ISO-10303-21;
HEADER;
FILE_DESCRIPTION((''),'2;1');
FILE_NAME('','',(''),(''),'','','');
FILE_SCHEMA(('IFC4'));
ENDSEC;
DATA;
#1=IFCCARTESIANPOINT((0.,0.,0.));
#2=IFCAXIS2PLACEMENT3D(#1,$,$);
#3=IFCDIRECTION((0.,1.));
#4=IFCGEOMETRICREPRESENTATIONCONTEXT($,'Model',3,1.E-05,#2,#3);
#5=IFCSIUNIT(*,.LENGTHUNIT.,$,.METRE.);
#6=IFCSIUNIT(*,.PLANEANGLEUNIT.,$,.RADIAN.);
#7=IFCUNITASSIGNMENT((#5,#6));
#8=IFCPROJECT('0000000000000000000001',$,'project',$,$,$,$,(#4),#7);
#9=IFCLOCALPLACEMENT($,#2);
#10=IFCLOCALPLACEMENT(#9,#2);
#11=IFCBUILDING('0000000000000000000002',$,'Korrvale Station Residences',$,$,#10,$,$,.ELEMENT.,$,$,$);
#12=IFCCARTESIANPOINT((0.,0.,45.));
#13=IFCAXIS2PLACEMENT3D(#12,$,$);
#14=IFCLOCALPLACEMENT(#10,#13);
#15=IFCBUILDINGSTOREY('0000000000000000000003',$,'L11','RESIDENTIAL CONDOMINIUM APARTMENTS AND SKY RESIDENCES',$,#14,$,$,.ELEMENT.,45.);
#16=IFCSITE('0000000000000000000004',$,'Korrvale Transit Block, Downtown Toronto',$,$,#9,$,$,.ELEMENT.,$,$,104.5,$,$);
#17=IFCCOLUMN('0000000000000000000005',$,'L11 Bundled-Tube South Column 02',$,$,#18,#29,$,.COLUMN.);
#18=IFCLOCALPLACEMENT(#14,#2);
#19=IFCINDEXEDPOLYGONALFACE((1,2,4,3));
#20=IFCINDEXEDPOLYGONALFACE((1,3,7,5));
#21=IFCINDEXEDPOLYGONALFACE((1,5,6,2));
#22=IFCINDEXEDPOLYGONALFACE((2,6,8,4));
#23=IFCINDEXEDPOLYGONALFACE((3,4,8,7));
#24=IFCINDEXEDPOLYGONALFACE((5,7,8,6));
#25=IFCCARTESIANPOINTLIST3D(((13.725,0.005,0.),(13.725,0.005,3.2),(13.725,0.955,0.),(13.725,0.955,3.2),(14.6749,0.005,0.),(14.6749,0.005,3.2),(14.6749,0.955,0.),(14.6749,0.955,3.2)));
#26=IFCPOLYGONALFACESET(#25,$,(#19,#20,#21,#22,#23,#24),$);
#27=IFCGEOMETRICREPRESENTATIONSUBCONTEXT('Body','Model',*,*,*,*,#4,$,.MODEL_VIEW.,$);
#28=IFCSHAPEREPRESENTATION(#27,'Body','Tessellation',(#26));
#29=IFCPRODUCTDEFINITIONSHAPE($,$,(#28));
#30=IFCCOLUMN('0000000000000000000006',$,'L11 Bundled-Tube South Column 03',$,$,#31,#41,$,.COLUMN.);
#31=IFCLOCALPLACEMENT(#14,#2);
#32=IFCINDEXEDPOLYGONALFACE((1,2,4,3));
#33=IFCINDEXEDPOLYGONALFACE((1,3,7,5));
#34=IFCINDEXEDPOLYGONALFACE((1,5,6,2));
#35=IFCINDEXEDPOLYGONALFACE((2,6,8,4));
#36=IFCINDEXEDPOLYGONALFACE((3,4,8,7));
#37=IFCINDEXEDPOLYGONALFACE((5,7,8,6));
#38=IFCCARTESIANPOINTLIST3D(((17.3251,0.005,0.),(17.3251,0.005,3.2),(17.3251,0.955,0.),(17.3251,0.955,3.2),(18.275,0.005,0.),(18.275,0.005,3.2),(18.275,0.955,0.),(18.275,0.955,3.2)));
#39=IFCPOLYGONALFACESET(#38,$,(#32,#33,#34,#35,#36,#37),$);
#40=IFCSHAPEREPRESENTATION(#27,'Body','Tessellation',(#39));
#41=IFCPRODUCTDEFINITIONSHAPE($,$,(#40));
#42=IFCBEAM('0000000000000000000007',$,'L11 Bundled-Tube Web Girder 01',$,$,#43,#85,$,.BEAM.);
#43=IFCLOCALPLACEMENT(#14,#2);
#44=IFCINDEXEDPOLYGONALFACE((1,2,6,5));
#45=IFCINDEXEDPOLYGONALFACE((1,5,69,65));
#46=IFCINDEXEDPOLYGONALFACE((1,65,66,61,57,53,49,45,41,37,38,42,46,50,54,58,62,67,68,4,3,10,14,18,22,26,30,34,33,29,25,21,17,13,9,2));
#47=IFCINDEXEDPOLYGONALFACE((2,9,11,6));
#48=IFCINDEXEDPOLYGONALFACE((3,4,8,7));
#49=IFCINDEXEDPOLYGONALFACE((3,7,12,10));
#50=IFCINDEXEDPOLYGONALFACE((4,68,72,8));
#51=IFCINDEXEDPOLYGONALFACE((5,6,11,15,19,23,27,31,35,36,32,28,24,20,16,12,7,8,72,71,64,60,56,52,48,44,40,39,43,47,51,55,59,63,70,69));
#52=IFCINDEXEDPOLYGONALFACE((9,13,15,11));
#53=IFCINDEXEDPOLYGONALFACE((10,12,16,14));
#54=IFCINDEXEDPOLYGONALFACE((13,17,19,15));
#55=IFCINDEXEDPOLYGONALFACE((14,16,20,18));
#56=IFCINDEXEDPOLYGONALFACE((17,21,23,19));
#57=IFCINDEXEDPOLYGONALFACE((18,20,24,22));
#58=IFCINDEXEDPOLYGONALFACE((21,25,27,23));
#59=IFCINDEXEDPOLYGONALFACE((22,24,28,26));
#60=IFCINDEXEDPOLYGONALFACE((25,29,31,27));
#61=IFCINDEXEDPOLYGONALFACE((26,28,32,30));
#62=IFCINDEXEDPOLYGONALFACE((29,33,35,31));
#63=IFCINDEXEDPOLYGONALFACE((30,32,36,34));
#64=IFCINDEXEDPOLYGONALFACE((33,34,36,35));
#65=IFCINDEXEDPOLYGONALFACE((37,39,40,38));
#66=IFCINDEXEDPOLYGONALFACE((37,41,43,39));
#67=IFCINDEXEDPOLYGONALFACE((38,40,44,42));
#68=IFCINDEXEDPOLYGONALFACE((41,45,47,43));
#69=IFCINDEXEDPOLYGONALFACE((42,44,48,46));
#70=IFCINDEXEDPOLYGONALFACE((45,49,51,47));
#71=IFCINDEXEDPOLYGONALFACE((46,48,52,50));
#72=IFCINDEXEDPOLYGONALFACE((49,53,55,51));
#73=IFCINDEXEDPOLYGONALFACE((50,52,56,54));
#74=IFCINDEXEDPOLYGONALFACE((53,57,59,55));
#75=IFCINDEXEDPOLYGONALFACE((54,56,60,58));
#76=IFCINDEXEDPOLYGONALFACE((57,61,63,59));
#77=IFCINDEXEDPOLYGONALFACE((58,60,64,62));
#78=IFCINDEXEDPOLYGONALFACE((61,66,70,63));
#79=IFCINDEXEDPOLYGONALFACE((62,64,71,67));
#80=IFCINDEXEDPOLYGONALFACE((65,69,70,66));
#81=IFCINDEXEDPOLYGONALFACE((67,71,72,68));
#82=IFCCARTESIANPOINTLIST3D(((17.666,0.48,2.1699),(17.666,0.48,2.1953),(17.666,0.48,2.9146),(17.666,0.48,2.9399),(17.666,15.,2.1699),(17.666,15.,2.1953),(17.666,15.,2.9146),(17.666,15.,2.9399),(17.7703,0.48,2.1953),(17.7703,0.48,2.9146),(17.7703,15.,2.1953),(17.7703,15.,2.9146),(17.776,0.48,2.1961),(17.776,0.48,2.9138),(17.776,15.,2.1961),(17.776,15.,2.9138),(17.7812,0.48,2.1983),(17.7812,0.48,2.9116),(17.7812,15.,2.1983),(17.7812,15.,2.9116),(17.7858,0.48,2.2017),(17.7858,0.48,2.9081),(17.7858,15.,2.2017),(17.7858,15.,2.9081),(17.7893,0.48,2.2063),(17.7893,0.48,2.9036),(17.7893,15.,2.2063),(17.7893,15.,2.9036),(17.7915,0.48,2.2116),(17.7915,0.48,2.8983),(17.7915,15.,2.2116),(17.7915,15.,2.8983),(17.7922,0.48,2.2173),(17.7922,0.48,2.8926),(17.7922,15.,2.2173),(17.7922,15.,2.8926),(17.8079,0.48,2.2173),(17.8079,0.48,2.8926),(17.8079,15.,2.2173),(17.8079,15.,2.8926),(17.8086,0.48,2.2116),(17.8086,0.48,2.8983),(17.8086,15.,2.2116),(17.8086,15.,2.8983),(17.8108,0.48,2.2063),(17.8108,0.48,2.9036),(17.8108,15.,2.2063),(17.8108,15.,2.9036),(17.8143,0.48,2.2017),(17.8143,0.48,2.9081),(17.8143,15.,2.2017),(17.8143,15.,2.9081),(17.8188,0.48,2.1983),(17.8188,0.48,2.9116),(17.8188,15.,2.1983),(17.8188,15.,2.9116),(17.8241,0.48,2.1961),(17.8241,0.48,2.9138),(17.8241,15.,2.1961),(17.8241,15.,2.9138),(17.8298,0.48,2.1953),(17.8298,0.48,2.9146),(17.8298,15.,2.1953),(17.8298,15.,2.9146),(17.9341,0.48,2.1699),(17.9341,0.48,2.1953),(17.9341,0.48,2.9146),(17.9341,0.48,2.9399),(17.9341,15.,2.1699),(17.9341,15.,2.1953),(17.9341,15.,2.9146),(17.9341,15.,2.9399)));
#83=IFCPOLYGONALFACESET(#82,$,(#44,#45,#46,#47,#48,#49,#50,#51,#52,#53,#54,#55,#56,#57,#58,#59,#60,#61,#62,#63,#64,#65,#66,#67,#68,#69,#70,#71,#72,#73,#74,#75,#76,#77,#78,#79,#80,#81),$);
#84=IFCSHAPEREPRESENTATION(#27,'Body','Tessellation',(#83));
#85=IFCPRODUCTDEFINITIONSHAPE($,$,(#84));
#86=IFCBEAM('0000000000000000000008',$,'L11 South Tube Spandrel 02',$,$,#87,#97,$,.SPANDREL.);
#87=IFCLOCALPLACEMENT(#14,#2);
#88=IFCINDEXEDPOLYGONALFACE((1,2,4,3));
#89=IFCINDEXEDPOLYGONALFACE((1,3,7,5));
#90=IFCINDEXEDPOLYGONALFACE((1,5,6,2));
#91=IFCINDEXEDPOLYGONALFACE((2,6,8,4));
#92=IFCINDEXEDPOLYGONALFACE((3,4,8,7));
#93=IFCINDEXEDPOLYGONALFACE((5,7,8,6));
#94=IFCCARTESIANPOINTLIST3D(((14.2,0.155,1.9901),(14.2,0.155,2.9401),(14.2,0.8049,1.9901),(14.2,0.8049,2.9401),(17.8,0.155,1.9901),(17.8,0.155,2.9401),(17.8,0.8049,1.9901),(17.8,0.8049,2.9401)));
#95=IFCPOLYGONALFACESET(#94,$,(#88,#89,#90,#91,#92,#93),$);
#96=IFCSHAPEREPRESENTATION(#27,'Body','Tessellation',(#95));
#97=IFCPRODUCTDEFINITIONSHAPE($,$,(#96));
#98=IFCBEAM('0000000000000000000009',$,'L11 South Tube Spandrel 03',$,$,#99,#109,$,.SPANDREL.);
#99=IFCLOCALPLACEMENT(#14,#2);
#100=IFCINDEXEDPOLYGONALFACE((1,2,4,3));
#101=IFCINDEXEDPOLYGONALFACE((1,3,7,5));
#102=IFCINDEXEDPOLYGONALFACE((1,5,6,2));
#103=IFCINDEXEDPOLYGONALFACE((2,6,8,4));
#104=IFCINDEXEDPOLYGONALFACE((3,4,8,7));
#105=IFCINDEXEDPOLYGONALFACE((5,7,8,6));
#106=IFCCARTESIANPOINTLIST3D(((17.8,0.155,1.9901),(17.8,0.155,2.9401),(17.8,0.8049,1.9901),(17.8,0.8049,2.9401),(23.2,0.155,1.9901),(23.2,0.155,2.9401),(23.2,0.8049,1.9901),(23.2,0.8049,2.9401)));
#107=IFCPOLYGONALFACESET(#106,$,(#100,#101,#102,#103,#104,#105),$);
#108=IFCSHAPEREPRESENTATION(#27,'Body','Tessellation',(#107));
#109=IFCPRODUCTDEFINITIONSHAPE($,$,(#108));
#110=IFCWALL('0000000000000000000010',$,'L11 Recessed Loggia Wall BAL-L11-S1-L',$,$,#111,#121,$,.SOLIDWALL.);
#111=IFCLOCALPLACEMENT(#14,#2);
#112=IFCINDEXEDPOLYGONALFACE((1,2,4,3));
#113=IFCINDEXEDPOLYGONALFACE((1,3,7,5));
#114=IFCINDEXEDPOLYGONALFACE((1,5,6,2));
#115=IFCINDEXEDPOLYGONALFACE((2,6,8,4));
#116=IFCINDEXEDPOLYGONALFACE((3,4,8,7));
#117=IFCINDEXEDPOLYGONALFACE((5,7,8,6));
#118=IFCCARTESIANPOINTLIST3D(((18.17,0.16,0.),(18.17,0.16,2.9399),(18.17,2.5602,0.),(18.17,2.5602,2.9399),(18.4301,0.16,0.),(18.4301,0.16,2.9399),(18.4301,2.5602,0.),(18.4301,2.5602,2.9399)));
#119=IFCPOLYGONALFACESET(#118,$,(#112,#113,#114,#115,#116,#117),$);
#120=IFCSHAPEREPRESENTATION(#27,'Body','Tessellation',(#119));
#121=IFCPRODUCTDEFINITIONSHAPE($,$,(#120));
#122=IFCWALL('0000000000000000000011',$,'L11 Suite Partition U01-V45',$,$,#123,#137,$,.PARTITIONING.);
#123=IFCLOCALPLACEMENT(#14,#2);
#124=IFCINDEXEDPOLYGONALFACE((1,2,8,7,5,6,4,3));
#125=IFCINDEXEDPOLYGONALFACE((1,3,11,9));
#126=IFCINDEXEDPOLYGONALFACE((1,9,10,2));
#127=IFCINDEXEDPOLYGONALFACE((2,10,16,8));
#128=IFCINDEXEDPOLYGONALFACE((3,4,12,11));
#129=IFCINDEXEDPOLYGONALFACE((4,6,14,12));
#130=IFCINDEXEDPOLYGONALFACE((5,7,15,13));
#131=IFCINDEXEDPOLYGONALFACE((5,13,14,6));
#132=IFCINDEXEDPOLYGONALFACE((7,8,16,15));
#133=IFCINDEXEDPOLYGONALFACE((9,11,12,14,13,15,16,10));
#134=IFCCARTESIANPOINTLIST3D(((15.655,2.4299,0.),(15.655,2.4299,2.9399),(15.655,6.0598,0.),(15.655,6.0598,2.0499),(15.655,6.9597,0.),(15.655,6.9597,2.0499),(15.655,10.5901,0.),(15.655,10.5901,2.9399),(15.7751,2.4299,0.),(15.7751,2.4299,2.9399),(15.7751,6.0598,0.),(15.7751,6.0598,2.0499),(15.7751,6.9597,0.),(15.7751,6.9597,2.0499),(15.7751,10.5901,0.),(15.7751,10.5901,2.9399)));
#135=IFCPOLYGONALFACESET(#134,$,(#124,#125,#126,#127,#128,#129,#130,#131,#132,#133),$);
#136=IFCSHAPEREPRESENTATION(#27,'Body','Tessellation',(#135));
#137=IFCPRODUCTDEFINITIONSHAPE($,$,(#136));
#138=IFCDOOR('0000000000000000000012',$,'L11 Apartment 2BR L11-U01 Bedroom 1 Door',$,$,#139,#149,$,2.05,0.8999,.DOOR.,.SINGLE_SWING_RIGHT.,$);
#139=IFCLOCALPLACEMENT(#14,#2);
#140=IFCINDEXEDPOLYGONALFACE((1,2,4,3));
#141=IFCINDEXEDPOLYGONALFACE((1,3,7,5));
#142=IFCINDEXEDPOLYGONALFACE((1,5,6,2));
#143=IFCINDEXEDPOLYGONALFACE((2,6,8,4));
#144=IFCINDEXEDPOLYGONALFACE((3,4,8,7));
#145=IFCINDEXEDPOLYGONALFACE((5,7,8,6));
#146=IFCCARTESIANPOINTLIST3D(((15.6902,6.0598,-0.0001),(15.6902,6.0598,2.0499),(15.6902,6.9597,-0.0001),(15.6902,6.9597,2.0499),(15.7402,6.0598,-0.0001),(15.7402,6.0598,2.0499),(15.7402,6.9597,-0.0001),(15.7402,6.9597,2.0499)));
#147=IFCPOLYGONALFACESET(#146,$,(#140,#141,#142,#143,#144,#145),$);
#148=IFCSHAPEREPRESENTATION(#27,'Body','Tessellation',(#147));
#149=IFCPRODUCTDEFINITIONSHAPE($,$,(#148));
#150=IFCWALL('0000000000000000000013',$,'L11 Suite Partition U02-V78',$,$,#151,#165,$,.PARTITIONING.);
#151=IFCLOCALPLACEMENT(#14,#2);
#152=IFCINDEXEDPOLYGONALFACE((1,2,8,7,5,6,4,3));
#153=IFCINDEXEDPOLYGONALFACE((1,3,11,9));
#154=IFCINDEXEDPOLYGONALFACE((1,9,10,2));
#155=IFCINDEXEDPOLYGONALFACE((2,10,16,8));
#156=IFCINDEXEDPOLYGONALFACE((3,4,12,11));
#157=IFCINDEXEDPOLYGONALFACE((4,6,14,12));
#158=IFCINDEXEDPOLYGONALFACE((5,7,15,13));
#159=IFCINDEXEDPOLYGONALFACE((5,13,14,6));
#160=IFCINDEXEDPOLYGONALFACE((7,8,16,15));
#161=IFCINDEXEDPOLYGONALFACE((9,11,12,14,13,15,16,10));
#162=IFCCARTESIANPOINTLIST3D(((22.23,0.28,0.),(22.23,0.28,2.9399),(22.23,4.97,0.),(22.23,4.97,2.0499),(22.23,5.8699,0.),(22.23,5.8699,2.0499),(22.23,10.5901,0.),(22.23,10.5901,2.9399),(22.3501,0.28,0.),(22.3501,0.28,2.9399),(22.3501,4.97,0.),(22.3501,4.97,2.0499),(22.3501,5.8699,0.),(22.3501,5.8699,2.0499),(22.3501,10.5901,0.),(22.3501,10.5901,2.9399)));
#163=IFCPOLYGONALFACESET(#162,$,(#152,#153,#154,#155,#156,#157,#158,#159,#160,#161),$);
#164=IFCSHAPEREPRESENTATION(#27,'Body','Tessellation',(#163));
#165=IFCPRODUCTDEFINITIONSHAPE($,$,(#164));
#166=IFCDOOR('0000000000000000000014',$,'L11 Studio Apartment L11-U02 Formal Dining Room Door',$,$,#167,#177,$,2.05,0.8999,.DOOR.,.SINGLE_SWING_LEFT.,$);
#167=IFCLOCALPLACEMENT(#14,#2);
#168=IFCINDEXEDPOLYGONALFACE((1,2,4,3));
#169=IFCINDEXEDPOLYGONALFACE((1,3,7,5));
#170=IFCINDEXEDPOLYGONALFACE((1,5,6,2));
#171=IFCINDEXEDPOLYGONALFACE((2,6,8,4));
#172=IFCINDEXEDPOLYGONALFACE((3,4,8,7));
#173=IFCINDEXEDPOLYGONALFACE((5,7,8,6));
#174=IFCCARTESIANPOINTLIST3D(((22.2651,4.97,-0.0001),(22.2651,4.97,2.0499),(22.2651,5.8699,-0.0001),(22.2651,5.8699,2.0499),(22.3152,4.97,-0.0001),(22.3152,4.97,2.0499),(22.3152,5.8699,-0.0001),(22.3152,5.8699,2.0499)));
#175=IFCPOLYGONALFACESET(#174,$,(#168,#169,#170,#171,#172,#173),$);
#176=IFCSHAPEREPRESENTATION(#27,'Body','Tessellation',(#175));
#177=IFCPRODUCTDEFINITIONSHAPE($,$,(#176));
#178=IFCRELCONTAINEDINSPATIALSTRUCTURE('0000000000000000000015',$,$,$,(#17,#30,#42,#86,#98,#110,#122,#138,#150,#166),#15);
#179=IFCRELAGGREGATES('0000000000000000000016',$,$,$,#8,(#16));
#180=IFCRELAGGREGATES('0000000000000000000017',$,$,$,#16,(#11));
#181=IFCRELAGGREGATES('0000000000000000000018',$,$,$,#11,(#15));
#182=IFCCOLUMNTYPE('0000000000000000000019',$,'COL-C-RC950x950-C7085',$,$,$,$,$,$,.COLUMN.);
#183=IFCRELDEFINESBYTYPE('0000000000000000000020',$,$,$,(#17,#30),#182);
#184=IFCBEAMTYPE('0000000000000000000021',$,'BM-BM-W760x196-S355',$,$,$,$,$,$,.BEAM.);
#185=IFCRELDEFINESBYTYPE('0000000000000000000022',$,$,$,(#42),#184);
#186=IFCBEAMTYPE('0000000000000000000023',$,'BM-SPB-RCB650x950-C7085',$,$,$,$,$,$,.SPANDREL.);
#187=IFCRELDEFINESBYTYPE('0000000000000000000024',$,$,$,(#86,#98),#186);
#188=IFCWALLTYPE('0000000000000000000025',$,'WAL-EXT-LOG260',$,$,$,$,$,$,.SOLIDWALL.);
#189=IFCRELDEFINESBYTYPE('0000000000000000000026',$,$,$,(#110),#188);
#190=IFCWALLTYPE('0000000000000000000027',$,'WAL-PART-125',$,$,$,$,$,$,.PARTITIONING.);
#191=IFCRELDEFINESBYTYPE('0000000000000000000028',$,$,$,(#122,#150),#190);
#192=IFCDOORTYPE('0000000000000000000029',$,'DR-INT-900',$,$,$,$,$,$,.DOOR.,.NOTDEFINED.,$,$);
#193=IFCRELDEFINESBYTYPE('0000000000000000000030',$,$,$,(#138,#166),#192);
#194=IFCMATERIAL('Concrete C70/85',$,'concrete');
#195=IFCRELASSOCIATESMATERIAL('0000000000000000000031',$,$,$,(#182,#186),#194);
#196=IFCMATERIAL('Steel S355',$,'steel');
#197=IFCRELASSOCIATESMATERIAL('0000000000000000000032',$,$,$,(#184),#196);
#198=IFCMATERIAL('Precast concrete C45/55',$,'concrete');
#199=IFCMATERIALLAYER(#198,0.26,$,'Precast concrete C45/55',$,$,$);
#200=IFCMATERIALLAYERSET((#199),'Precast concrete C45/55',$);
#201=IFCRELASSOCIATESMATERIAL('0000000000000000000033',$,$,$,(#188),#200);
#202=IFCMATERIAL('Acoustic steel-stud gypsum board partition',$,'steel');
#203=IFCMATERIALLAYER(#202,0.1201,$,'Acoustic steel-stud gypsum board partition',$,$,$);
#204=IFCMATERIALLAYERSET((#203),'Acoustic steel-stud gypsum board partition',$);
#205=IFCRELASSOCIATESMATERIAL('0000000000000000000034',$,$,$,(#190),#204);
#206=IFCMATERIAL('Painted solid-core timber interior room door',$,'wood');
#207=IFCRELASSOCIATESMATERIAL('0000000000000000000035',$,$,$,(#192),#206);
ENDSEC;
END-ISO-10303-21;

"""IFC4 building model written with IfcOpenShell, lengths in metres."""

from ifc_helpers import new_model, si_unit, direction, frame, frame_2d, origin, origin_2d, place, context, subcontext, project, spatial, rectangle, i_section, extrude, material, layer, layer_set, material_profile, profile_set, type_object, element, fill, save


model = new_model("IFC4")

# Units and contexts
model_context = context("Model", 3, precision=1e-05, world=origin(), true_north=direction((0.0, 1.0)))
body_context = subcontext(model_context, "Body", "Model", "MODEL_VIEW")
ifc_project = project(units=[si_unit("LENGTHUNIT", "METRE"), si_unit("PLANEANGLEUNIT", "RADIAN")], contexts=[model_context])

# Site, building, storey
site_placement = place(None, origin())
site = spatial("IfcSite", under=ifc_project, at=site_placement, Name="Korrvale Transit Block, Downtown Toronto", CompositionType="ELEMENT", RefElevation=104.5)
building_placement = place(site_placement, origin())
building = spatial("IfcBuilding", under=site, at=building_placement, Name="Korrvale Station Residences", CompositionType="ELEMENT")
storey_placement = place(building_placement, frame((0.0, 0.0, 45.0)))
storey = spatial("IfcBuildingStorey", under=building, at=storey_placement, Name="L11", Description="RESIDENTIAL CONDOMINIUM APARTMENTS AND SKY RESIDENCES", CompositionType="ELEMENT", Elevation=45.0)

# Columns
ifc_material_1 = material(Name="Concrete C70/85", Category="concrete")
ifc_material_profile_1 = material_profile(ifc_material_1, rectangle(XDim=0.95, YDim=0.95, at=origin_2d()), Name="RC950x950")
ifc_profile_set_1 = profile_set([ifc_material_profile_1], Name="Concrete C70/85")
column_type = type_object("IfcColumnType", Name="COL-C-RC950x950-C7085", PredefinedType="COLUMN", material=ifc_profile_set_1)
for number, where, z_axis, x_axis, name in (
    (1, (14.2, 0.48, 0.0), (0.0, 0.0, 1.0), (1.0, 0.0, 0.0), "L11 Bundled-Tube South Column 02"),
    (2, (17.8, 0.48, 0.0), (0.0, 0.0, 1.0), (1.0, 0.0, 0.0), "L11 Bundled-Tube South Column 03"),
):
    element("IfcColumn", number, at=place(storey_placement, frame(where, z_axis=z_axis, x_axis=x_axis)), inside=storey, type_object=column_type, Name=name, PredefinedType="COLUMN", context=body_context, shape_type="SweptSolid", body=[
        extrude(rectangle(XDim=0.95, YDim=0.95, at=origin_2d()), origin(), (0.0, 0.0, 1.0), 3.2),
    ])

# Beams
ifc_material_2 = material(Name="Steel S355", Category="steel")
ifc_material_profile_2 = material_profile(ifc_material_2, i_section(OverallWidth=0.2681, OverallDepth=0.77, WebThickness=0.0156, FlangeThickness=0.0254, FilletRadius=0.022, at=origin_2d()), Name="W760x196")
ifc_profile_set_2 = profile_set([ifc_material_profile_2], Name="Steel S355")
beam_type_1 = type_object("IfcBeamType", Name="BM-BM-W760x196-S355", PredefinedType="BEAM", material=ifc_profile_set_2)
beam_1_placement = place(storey_placement, frame((17.8, 0.48, 2.5549), z_axis=(0.0, 1.0, 0.0), x_axis=(-1.0, 0.0, 0.0)))
element("IfcBeam", 3, at=beam_1_placement, inside=storey, type_object=beam_type_1, Name="L11 Bundled-Tube Web Girder 01", PredefinedType="BEAM", context=body_context, shape_type="SweptSolid", body=[
    extrude(i_section(OverallWidth=0.2681, OverallDepth=0.77, WebThickness=0.0156, FlangeThickness=0.0254, FilletRadius=0.022, at=origin_2d()), origin(), (0.0, 0.0, 1.0), 14.52),
])
ifc_material_profile_3 = material_profile(ifc_material_1, rectangle(XDim=0.6499, YDim=0.95, at=origin_2d()), Name="RCB650x950")
ifc_profile_set_3 = profile_set([ifc_material_profile_3], Name="Concrete C70/85")
beam_type_2 = type_object("IfcBeamType", Name="BM-SPB-RCB650x950-C7085", PredefinedType="SPANDREL", material=ifc_profile_set_3)
beam_2_placement = place(storey_placement, frame((14.2, 0.48, 2.4651), z_axis=(1.0, 0.0, 0.0), x_axis=(0.0, 1.0, 0.0)))
element("IfcBeam", 4, at=beam_2_placement, inside=storey, type_object=beam_type_2, Name="L11 South Tube Spandrel 02", PredefinedType="SPANDREL", context=body_context, shape_type="SweptSolid", body=[
    extrude(rectangle(XDim=0.6499, YDim=0.95, at=origin_2d()), origin(), (0.0, 0.0, 1.0), 3.6001),
])
beam_3_placement = place(storey_placement, frame((17.8, 0.48, 2.4651), z_axis=(1.0, 0.0, 0.0), x_axis=(0.0, 1.0, 0.0)))
element("IfcBeam", 5, at=beam_3_placement, inside=storey, type_object=beam_type_2, Name="L11 South Tube Spandrel 03", PredefinedType="SPANDREL", context=body_context, shape_type="SweptSolid", body=[
    extrude(rectangle(XDim=0.6499, YDim=0.95, at=origin_2d()), origin(), (0.0, 0.0, 1.0), 5.3999),
])

# Wall
ifc_material_3 = material(Name="Precast concrete C45/55", Category="concrete")
ifc_layer_1 = layer(ifc_material_3, 0.26, Name="Precast concrete C45/55")
ifc_layer_set_1 = layer_set([ifc_layer_1], Name="Precast concrete C45/55")
wall_type_1 = type_object("IfcWallType", Name="WAL-EXT-LOG260", PredefinedType="SOLIDWALL", material=ifc_layer_set_1)
wall_1_placement = place(storey_placement, frame((18.3, 0.1599, 0.0), z_axis=(0.0, 0.0, 1.0), x_axis=(0.0, 1.0, 0.0)))
element("IfcWall", 6, at=wall_1_placement, inside=storey, type_object=wall_type_1, Name="L11 Recessed Loggia Wall BAL-L11-S1-L", PredefinedType="SOLIDWALL", context=body_context, shape_type="SweptSolid", body=[
    extrude(rectangle(XDim=2.4001, YDim=0.26, at=frame_2d((1.2002, 0.0))), origin(), (0.0, 0.0, 1.0), 2.9399),
])

# Walls, openings, doors
ifc_material_4 = material(Name="Acoustic steel-stud gypsum board partition", Category="steel")
ifc_layer_2 = layer(ifc_material_4, 0.1201, Name="Acoustic steel-stud gypsum board partition")
ifc_layer_set_2 = layer_set([ifc_layer_2], Name="Acoustic steel-stud gypsum board partition")
wall_type_2 = type_object("IfcWallType", Name="WAL-PART-125", PredefinedType="PARTITIONING", material=ifc_layer_set_2)
wall_2_placement = place(storey_placement, frame((15.7151, 2.4299, 0.0), z_axis=(0.0, 0.0, 1.0), x_axis=(0.0, 1.0, 0.0)))
wall_2 = element("IfcWall", 7, at=wall_2_placement, inside=storey, type_object=wall_type_2, Name="L11 Suite Partition U01-V45", PredefinedType="PARTITIONING", context=body_context, shape_type="SweptSolid", body=[
    extrude(rectangle(XDim=8.1602, YDim=0.1201, at=frame_2d((4.0801, 0.0))), origin(), (0.0, 0.0, 1.0), 2.9399),
])
opening_1_placement = place(wall_2_placement, frame((3.6299, 0.0, 0.0)))
opening_1 = element("IfcOpeningElement", 8, at=opening_1_placement, cuts=wall_2, PredefinedType="OPENING", context=body_context, shape_type="SweptSolid", body=[
    extrude(rectangle(XDim=0.8999, YDim=2.05, at=frame_2d((0.45, 1.0249))), frame((0.0, 0.0701, 0.0), z_axis=(0.0, -1.0, 0.0), x_axis=(1.0, 0.0, 0.0)), (0.0, 0.0, 1.0), 0.1401),
])
ifc_material_5 = material(Name="Painted solid-core timber interior room door", Category="wood")
door_type = type_object("IfcDoorType", Name="DR-INT-900", OperationType="NOTDEFINED", PredefinedType="DOOR", material=ifc_material_5)
door_1_placement = place(opening_1_placement, origin())
door_1 = element("IfcDoor", 9, at=door_1_placement, inside=storey, type_object=door_type, Name="L11 Apartment 2BR L11-U01 Bedroom 1 Door", OperationType="SINGLE_SWING_RIGHT", OverallHeight=2.05, OverallWidth=0.8999, PredefinedType="DOOR", context=body_context, shape_type="SweptSolid", body=[
    extrude(rectangle(XDim=0.8999, YDim=2.05, at=frame_2d((0.45, 1.0249))), frame((0.0, 0.0249, 0.0), z_axis=(0.0, -1.0, 0.0), x_axis=(1.0, 0.0, 0.0)), (0.0, 0.0, 1.0), 0.05),
])
fill(opening_1, door_1)
wall_3_placement = place(storey_placement, frame((22.29, 0.28, 0.0), z_axis=(0.0, 0.0, 1.0), x_axis=(0.0, 1.0, 0.0)))
wall_3 = element("IfcWall", 10, at=wall_3_placement, inside=storey, type_object=wall_type_2, Name="L11 Suite Partition U02-V78", PredefinedType="PARTITIONING", context=body_context, shape_type="SweptSolid", body=[
    extrude(rectangle(XDim=10.3101, YDim=0.1201, at=frame_2d((5.155, 0.0))), origin(), (0.0, 0.0, 1.0), 2.9399),
])
opening_2_placement = place(wall_3_placement, frame((4.6899, 0.0, 0.0)))
opening_2 = element("IfcOpeningElement", 11, at=opening_2_placement, cuts=wall_3, PredefinedType="OPENING", context=body_context, shape_type="SweptSolid", body=[
    extrude(rectangle(XDim=0.8999, YDim=2.05, at=frame_2d((0.45, 1.0249))), frame((0.0, 0.0701, 0.0), z_axis=(0.0, -1.0, 0.0), x_axis=(1.0, 0.0, 0.0)), (0.0, 0.0, 1.0), 0.1401),
])
door_2_placement = place(opening_2_placement, origin())
door_2 = element("IfcDoor", 12, at=door_2_placement, inside=storey, type_object=door_type, Name="L11 Studio Apartment L11-U02 Formal Dining Room Door", OperationType="SINGLE_SWING_LEFT", OverallHeight=2.05, OverallWidth=0.8999, PredefinedType="DOOR", context=body_context, shape_type="SweptSolid", body=[
    extrude(rectangle(XDim=0.8999, YDim=2.05, at=frame_2d((0.45, 1.0249))), frame((0.0, 0.0249, 0.0), z_axis=(0.0, -1.0, 0.0), x_axis=(1.0, 0.0, 0.0)), (0.0, 0.0, 1.0), 0.05),
])
fill(opening_2, door_2)

save(model, "model.ifc")
